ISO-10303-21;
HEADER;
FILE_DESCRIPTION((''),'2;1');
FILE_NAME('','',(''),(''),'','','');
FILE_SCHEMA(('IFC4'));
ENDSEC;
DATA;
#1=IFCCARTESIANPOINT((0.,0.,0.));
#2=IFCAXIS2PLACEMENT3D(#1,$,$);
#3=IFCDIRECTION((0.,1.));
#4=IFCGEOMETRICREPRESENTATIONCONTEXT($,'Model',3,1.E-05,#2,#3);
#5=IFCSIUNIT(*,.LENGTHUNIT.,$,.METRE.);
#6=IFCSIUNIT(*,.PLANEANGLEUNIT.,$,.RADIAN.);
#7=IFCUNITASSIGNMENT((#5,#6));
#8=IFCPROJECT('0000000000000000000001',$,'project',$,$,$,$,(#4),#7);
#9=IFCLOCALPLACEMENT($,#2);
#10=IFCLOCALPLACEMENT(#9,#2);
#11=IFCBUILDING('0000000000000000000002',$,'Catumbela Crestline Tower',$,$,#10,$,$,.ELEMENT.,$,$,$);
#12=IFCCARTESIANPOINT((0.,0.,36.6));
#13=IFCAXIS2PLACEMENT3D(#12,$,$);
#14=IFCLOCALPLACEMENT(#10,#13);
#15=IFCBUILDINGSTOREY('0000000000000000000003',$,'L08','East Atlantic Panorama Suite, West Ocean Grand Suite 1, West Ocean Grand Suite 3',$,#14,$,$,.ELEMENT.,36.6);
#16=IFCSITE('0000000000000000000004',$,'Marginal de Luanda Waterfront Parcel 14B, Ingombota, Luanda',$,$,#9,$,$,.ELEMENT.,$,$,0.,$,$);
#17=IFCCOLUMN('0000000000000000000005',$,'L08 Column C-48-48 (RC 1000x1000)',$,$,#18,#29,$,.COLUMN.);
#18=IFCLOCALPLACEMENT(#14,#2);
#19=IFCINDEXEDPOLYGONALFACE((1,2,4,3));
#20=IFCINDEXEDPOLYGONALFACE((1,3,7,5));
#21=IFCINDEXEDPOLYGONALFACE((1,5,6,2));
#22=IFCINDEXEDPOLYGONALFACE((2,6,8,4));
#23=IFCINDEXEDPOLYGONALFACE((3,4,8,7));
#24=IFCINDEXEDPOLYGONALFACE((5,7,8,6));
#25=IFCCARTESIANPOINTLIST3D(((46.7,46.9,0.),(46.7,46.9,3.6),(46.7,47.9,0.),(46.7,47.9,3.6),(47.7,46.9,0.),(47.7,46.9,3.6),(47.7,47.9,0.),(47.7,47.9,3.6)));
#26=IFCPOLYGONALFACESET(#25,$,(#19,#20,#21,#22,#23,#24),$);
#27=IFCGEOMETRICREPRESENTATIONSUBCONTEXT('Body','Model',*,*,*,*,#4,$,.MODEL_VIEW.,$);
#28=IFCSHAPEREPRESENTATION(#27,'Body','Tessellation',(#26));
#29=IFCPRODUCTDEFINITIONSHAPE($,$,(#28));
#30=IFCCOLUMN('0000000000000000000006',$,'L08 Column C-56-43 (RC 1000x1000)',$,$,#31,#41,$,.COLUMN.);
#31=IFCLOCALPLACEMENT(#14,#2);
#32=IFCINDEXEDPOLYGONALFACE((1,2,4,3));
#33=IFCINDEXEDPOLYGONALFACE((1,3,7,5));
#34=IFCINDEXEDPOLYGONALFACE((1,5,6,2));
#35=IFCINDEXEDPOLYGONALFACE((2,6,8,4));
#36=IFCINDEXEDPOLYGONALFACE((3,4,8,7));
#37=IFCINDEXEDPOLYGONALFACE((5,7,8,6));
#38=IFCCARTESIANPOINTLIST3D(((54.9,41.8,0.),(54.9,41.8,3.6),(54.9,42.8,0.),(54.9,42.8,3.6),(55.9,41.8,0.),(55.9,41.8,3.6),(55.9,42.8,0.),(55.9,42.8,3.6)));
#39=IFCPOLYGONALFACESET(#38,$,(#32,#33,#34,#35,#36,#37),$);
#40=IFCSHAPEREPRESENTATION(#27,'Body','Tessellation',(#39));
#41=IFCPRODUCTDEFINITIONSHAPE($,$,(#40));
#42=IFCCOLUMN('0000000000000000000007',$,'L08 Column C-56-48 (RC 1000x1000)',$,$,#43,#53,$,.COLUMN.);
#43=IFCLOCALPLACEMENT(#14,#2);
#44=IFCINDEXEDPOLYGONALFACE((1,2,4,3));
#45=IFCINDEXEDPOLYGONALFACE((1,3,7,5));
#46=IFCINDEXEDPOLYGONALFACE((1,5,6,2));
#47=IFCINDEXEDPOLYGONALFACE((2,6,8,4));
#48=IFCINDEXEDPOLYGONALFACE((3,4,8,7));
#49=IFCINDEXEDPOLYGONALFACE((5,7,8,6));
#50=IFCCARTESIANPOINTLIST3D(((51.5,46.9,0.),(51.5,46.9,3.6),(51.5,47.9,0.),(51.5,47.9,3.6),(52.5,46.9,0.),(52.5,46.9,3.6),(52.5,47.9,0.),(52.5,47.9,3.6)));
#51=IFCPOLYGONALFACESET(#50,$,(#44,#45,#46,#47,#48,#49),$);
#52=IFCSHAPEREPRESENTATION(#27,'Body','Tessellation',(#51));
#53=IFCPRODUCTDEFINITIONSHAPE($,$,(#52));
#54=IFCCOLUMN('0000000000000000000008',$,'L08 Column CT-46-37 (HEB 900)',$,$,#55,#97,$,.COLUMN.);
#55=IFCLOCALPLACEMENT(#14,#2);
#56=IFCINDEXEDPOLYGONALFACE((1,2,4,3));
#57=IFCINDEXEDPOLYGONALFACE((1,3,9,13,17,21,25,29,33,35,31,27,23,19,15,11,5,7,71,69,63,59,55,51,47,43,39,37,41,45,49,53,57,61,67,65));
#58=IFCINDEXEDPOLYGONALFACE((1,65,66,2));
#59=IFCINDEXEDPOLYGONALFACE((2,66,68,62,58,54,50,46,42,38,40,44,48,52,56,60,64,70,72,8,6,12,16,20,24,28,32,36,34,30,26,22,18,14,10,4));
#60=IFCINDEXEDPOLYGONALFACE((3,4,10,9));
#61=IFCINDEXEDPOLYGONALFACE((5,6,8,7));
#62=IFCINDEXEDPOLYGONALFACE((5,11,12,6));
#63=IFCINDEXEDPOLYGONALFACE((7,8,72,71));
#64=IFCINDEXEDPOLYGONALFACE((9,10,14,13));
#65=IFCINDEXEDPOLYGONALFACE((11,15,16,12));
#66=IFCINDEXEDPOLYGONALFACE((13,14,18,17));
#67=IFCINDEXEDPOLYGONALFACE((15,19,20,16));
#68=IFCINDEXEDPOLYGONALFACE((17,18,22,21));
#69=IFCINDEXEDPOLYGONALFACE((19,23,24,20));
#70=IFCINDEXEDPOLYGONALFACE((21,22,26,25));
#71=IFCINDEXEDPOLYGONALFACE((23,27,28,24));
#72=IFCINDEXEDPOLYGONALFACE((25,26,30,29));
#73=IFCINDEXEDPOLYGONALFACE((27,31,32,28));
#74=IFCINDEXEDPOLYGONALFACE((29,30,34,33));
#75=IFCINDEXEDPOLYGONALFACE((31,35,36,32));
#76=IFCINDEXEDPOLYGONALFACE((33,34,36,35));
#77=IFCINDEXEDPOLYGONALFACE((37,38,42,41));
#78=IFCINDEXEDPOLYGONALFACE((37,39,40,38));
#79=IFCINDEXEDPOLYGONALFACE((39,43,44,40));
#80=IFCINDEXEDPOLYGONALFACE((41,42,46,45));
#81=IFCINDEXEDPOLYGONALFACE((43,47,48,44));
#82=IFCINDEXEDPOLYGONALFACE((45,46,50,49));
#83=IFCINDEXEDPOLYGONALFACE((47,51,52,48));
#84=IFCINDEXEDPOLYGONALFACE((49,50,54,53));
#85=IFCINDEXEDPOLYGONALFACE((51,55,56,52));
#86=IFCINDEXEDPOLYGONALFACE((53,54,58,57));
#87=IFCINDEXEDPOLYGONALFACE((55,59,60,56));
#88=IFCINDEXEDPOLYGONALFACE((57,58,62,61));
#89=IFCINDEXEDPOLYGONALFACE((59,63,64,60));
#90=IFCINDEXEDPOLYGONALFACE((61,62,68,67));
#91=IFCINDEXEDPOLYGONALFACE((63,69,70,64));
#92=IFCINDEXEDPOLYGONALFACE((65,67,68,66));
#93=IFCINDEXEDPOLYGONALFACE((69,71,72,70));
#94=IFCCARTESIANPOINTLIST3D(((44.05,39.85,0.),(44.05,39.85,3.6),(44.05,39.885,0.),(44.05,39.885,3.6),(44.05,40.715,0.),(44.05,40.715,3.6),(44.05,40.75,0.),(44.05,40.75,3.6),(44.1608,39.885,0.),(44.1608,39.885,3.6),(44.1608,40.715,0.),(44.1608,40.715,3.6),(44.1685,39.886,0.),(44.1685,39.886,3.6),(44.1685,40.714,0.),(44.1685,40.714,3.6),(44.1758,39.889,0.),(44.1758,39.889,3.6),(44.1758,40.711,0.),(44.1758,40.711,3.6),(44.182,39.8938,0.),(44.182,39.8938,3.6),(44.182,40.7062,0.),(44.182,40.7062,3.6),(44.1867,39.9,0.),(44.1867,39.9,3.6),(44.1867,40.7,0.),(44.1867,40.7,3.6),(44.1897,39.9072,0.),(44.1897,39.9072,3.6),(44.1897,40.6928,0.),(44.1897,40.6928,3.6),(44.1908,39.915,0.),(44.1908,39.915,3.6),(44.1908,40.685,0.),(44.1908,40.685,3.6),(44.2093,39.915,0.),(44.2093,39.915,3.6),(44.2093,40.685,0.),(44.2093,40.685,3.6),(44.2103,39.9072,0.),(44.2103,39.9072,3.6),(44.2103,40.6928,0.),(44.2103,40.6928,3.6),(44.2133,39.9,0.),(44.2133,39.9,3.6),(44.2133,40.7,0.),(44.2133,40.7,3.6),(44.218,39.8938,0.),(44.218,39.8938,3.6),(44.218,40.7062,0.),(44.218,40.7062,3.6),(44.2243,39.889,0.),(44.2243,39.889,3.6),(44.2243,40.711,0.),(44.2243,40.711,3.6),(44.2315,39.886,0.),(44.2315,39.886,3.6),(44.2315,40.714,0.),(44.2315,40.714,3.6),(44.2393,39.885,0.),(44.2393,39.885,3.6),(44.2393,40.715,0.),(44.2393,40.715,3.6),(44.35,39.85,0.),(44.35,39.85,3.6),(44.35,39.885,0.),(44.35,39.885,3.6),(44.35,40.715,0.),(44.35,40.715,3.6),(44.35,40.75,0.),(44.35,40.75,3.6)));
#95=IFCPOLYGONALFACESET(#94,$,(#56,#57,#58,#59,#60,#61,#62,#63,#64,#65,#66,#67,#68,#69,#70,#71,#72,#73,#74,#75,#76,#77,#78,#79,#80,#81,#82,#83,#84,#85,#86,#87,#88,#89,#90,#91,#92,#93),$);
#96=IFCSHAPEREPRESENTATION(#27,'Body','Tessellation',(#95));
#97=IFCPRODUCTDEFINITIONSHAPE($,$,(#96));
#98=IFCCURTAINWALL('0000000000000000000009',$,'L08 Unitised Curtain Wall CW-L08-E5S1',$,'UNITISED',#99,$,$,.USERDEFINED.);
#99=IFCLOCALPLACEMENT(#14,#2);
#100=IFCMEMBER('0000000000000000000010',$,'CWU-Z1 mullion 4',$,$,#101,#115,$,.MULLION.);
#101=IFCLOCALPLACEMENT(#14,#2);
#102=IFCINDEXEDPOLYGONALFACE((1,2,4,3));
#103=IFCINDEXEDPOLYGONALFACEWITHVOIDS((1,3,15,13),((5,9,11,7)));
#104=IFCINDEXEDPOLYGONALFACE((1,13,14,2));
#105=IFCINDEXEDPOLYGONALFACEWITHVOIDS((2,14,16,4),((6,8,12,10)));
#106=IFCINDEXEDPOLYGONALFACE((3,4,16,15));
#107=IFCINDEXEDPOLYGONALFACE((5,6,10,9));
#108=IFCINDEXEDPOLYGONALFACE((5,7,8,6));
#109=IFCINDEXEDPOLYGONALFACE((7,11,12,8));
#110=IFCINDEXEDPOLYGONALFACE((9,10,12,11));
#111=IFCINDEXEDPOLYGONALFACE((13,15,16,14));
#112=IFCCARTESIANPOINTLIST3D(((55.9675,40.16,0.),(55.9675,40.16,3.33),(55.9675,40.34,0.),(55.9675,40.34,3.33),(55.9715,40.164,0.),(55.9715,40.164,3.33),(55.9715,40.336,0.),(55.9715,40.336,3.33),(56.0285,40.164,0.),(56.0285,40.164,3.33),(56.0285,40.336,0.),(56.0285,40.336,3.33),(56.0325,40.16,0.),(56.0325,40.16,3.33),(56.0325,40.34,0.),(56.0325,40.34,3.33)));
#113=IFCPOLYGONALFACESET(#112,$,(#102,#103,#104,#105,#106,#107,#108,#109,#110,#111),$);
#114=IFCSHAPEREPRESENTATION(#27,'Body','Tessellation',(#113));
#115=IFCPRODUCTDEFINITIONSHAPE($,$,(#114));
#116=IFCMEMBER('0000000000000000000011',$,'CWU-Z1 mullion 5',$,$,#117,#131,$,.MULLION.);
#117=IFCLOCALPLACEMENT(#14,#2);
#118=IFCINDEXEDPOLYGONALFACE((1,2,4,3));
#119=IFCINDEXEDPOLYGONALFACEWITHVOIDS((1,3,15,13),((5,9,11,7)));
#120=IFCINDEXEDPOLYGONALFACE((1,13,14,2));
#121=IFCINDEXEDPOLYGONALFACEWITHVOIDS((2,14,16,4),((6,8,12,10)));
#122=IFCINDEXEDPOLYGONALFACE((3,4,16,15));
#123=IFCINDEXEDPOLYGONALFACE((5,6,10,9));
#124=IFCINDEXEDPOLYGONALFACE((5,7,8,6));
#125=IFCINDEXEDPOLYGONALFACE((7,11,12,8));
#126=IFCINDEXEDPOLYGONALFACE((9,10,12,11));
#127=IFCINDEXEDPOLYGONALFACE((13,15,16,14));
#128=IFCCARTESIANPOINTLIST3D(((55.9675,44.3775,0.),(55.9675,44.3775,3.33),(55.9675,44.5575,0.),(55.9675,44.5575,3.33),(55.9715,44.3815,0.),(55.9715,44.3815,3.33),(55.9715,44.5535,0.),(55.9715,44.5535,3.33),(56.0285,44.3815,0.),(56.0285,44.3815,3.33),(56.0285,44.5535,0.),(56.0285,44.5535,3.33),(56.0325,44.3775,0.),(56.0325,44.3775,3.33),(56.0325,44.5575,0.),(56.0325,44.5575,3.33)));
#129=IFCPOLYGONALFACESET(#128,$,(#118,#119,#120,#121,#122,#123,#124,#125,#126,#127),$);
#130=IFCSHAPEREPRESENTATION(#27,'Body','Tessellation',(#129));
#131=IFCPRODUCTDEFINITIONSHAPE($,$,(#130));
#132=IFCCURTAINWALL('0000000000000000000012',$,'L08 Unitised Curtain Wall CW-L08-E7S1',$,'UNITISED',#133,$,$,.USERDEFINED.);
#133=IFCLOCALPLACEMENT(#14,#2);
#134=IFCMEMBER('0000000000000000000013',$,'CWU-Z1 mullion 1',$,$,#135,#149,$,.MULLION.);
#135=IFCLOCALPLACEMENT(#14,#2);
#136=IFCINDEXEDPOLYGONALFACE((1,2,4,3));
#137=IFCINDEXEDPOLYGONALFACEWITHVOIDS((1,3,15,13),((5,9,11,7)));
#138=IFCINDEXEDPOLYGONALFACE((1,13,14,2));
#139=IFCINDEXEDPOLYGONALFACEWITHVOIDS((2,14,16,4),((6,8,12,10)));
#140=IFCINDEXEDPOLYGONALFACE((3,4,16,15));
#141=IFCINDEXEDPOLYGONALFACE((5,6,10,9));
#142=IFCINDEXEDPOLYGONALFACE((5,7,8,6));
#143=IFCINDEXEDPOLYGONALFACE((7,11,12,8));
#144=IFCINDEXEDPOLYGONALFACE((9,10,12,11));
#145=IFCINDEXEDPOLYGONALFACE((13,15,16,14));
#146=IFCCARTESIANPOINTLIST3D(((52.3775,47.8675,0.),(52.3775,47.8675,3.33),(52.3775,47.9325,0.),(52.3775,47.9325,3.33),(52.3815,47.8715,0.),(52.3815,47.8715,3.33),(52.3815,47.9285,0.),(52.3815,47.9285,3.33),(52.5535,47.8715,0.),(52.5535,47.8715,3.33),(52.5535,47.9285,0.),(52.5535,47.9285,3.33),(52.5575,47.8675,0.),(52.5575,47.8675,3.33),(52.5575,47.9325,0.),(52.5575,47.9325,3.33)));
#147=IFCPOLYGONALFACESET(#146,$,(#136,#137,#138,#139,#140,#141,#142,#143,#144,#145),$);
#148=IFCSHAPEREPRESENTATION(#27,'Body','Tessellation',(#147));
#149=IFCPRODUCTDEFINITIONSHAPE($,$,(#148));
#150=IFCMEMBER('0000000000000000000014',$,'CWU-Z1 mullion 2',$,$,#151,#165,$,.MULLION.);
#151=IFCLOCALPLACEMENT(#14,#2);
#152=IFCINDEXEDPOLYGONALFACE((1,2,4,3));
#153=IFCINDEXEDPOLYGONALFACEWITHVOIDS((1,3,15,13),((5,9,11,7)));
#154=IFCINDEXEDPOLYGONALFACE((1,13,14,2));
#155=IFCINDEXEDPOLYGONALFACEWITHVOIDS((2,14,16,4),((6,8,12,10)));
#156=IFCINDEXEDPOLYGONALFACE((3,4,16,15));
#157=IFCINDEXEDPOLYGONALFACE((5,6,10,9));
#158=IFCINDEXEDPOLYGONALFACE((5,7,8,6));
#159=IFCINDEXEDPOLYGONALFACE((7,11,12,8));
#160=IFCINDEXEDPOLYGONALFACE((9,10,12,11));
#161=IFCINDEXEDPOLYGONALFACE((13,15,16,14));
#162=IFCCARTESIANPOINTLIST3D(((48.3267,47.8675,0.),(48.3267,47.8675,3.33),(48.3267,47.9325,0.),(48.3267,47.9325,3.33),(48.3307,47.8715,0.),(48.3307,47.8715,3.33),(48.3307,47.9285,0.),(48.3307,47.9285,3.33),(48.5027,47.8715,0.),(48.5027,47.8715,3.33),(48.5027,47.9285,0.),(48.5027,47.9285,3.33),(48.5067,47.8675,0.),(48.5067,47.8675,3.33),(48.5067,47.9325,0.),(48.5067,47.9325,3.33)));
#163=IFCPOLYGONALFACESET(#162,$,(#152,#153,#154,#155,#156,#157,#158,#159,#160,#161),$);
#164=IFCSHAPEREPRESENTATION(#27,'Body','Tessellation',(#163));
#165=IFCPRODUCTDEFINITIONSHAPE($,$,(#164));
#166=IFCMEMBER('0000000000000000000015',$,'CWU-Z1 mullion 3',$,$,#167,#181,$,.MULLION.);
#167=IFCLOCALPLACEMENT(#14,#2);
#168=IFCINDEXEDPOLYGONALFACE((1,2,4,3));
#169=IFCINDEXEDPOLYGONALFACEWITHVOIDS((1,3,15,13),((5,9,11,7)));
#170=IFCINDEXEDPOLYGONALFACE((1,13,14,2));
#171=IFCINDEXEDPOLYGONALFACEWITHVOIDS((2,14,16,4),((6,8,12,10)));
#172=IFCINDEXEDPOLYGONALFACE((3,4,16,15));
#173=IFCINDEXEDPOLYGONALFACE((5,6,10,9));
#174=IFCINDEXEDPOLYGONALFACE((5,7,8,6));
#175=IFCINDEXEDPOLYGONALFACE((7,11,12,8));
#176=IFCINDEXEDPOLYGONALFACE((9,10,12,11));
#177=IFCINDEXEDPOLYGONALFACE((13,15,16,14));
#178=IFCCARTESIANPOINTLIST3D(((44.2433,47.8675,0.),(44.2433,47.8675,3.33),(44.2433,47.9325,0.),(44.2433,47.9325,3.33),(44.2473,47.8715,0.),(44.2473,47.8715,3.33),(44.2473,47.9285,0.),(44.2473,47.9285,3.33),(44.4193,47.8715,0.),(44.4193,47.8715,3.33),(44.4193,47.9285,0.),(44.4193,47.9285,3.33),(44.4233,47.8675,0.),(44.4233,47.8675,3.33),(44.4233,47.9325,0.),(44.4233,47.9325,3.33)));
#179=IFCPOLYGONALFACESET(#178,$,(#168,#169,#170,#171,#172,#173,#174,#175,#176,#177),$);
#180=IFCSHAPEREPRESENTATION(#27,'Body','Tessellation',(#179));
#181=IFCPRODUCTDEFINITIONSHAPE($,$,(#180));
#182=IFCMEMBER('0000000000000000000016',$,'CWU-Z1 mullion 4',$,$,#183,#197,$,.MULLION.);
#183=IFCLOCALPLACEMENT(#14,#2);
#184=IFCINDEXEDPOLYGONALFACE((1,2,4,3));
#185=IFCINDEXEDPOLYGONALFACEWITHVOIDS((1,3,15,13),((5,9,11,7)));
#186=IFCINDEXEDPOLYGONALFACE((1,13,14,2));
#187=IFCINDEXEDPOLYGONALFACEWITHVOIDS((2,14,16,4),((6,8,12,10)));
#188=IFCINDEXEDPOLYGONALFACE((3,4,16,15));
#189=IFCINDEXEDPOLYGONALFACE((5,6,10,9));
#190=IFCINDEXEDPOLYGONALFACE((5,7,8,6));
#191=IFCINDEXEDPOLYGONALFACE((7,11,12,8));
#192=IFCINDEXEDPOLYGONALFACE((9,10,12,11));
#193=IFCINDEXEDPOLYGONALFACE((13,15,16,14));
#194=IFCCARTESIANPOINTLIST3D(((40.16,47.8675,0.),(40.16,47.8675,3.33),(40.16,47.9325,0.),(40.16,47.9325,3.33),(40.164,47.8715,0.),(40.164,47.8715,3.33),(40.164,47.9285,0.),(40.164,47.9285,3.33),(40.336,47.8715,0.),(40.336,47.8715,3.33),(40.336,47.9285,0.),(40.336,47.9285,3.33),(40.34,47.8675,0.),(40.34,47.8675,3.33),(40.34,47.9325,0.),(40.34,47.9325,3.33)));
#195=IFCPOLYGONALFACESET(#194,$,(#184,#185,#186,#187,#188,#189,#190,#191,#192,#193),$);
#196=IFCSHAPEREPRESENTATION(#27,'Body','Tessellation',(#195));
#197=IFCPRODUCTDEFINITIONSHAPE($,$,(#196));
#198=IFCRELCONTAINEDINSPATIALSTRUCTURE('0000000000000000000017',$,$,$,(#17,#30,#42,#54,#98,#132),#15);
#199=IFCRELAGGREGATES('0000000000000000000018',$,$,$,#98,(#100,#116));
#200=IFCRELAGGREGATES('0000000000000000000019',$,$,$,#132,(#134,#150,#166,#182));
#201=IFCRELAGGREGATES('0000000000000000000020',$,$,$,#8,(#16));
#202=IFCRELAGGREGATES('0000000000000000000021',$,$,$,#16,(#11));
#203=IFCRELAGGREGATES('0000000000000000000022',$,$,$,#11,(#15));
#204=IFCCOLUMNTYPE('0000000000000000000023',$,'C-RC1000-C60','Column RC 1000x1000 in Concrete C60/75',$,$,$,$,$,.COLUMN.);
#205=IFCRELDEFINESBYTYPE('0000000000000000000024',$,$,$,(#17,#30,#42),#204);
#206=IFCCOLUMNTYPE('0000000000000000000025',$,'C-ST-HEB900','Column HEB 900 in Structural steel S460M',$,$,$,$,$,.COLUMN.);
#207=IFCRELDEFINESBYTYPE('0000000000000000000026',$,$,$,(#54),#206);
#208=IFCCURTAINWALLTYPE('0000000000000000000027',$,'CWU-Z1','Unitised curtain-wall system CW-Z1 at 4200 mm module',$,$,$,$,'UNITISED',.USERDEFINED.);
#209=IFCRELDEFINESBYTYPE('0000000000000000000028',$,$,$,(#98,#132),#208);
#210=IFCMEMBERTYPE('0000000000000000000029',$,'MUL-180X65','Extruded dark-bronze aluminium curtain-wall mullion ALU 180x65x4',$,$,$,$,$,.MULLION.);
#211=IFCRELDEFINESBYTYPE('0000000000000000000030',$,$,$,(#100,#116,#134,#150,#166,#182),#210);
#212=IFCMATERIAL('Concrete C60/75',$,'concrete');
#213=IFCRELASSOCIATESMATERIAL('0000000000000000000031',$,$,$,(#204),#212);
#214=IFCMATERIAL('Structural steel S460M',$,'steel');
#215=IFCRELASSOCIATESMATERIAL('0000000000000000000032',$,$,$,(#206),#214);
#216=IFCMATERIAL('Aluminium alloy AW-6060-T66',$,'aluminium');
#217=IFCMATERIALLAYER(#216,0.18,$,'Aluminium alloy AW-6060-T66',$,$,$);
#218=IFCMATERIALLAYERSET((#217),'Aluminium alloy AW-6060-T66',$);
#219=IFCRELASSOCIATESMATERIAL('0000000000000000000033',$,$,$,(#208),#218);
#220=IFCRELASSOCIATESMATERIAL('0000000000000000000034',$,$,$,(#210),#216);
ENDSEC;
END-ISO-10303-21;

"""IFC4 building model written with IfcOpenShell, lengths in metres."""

from ifc_helpers import new_model, si_unit, direction, frame, origin, origin_2d, place, context, subcontext, project, spatial, rectangle, hollow_rectangle, i_section, extrude, material, layer, layer_set, material_profile, profile_set, type_object, element, aggregate, save


model = new_model("IFC4")

# Units and contexts
model_context = context("Model", 3, precision=1e-05, world=origin(), true_north=direction((0.0, 1.0)))
body_context = subcontext(model_context, "Body", "Model", "MODEL_VIEW")
ifc_project = project(units=[si_unit("LENGTHUNIT", "METRE"), si_unit("PLANEANGLEUNIT", "RADIAN")], contexts=[model_context])

# Site, building, storey
site_placement = place(None, origin())
site = spatial("IfcSite", under=ifc_project, at=site_placement, Name="Marginal de Luanda Waterfront Parcel 14B, Ingombota, Luanda", CompositionType="ELEMENT", RefElevation=0.0)
building_placement = place(site_placement, origin())
building = spatial("IfcBuilding", under=site, at=building_placement, Name="Catumbela Crestline Tower", CompositionType="ELEMENT")
storey_placement = place(building_placement, frame((0.0, 0.0, 36.6)))
storey = spatial("IfcBuildingStorey", under=building, at=storey_placement, Name="L08", Description="East Atlantic Panorama Suite, West Ocean Grand Suite 1, West Ocean Grand Suite 3", CompositionType="ELEMENT", Elevation=36.6)

# Columns
ifc_material_1 = material(Name="Concrete C60/75", Category="concrete")
ifc_material_profile_1 = material_profile(ifc_material_1, rectangle(XDim=1.0, YDim=1.0, at=origin_2d()), Name="RC 1000x1000")
ifc_profile_set_1 = profile_set([ifc_material_profile_1], Name="Concrete C60/75")
column_type_1 = type_object("IfcColumnType", Name="C-RC1000-C60", Description="Column RC 1000x1000 in Concrete C60/75", PredefinedType="COLUMN", material=ifc_profile_set_1)
for number, where, z_axis, x_axis, name in (
    (1, (47.2, 47.4, 0.0), (0.0, 0.0, 1.0), (1.0, 0.0, 0.0), "L08 Column C-48-48 (RC 1000x1000)"),
    (2, (55.4, 42.3, 0.0), (0.0, 0.0, 1.0), (1.0, 0.0, 0.0), "L08 Column C-56-43 (RC 1000x1000)"),
    (3, (52.0, 47.4, 0.0), (0.0, 0.0, 1.0), (1.0, 0.0, 0.0), "L08 Column C-56-48 (RC 1000x1000)"),
):
    element("IfcColumn", number, at=place(storey_placement, frame(where, z_axis=z_axis, x_axis=x_axis)), inside=storey, type_object=column_type_1, Name=name, PredefinedType="COLUMN", context=body_context, shape_type="SweptSolid", body=[
        extrude(rectangle(XDim=1.0, YDim=1.0, at=origin_2d()), origin(), (0.0, 0.0, 1.0), 3.6),
    ])
ifc_material_2 = material(Name="Structural steel S460M", Category="steel")
ifc_material_profile_2 = material_profile(ifc_material_2, i_section(OverallWidth=0.3, OverallDepth=0.9, WebThickness=0.0185, FlangeThickness=0.035, FilletRadius=0.03, at=origin_2d()), Name="HEB 900")
ifc_profile_set_2 = profile_set([ifc_material_profile_2], Name="Structural steel S460M")
column_type_2 = type_object("IfcColumnType", Name="C-ST-HEB900", Description="Column HEB 900 in Structural steel S460M", PredefinedType="COLUMN", material=ifc_profile_set_2)
column_placement = place(storey_placement, frame((44.2, 40.3, 0.0), z_axis=(0.0, 0.0, 1.0), x_axis=(1.0, 0.0, 0.0)))
element("IfcColumn", 4, at=column_placement, inside=storey, type_object=column_type_2, Name="L08 Column CT-46-37 (HEB 900)", PredefinedType="COLUMN", context=body_context, shape_type="SweptSolid", body=[
    extrude(i_section(OverallWidth=0.3, OverallDepth=0.9, WebThickness=0.0185, FlangeThickness=0.035, FilletRadius=0.03, at=origin_2d()), origin(), (0.0, 0.0, 1.0), 3.6),
])

# Curtain walls, members
ifc_material_3 = material(Name="Aluminium alloy AW-6060-T66", Category="aluminium")
ifc_layer_1 = layer(ifc_material_3, 0.18, Name="Aluminium alloy AW-6060-T66")
ifc_layer_set_1 = layer_set([ifc_layer_1], Name="Aluminium alloy AW-6060-T66")
curtain_wall_type = type_object("IfcCurtainWallType", Name="CWU-Z1", Description="Unitised curtain-wall system CW-Z1 at 4200 mm module", ElementType="UNITISED", PredefinedType="USERDEFINED", material=ifc_layer_set_1)
curtain_wall_1_placement = place(storey_placement, origin())
curtain_wall_1 = element("IfcCurtainWall", 5, at=curtain_wall_1_placement, inside=storey, type_object=curtain_wall_type, Name="L08 Unitised Curtain Wall CW-L08-E5S1", ObjectType="UNITISED", PredefinedType="USERDEFINED")
ifc_material_profile_3 = material_profile(ifc_material_3, hollow_rectangle(XDim=0.065, YDim=0.18, WallThickness=0.004, at=origin_2d()), Name="ALU 180x65x4")
ifc_profile_set_3 = profile_set([ifc_material_profile_3], Name="Aluminium alloy AW-6060-T66")
member_type_1 = type_object("IfcMemberType", Name="MUL-180X65", Description="Extruded dark-bronze aluminium curtain-wall mullion ALU 180x65x4", PredefinedType="MULLION", material=ifc_profile_set_3)
member_1_placement = place(storey_placement, frame((56.0, 40.25, 0.0), z_axis=(0.0, 0.0, 1.0), x_axis=(-1.0, 0.0, 0.0)))
member_1 = element("IfcMember", 6, at=member_1_placement, type_object=member_type_1, Name="CWU-Z1 mullion 4", PredefinedType="MULLION", context=body_context, shape_type="SweptSolid", body=[
    extrude(hollow_rectangle(XDim=0.065, YDim=0.18, WallThickness=0.004, at=origin_2d()), origin(), (0.0, 0.0, 1.0), 3.33),
])
member_2_placement = place(storey_placement, frame((56.0, 44.4675, 0.0), z_axis=(0.0, 0.0, 1.0), x_axis=(-1.0, 0.0, 0.0)))
member_2 = element("IfcMember", 7, at=member_2_placement, type_object=member_type_1, Name="CWU-Z1 mullion 5", PredefinedType="MULLION", context=body_context, shape_type="SweptSolid", body=[
    extrude(hollow_rectangle(XDim=0.065, YDim=0.18, WallThickness=0.004, at=origin_2d()), origin(), (0.0, 0.0, 1.0), 3.33),
])
curtain_wall_2_placement = place(storey_placement, origin())
curtain_wall_2 = element("IfcCurtainWall", 8, at=curtain_wall_2_placement, inside=storey, type_object=curtain_wall_type, Name="L08 Unitised Curtain Wall CW-L08-E7S1", ObjectType="UNITISED", PredefinedType="USERDEFINED")
member_3_placement = place(storey_placement, frame((52.4675, 47.9, 0.0), z_axis=(0.0, 0.0, 1.0), x_axis=(0.0, -1.0, 0.0)))
member_3 = element("IfcMember", 9, at=member_3_placement, type_object=member_type_1, Name="CWU-Z1 mullion 1", PredefinedType="MULLION", context=body_context, shape_type="SweptSolid", body=[
    extrude(hollow_rectangle(XDim=0.065, YDim=0.18, WallThickness=0.004, at=origin_2d()), origin(), (0.0, 0.0, 1.0), 3.33),
])
member_4_placement = place(storey_placement, frame((48.4167, 47.9, 0.0), z_axis=(0.0, 0.0, 1.0), x_axis=(0.0, -1.0, 0.0)))
member_4 = element("IfcMember", 10, at=member_4_placement, type_object=member_type_1, Name="CWU-Z1 mullion 2", PredefinedType="MULLION", context=body_context, shape_type="SweptSolid", body=[
    extrude(hollow_rectangle(XDim=0.065, YDim=0.18, WallThickness=0.004, at=origin_2d()), origin(), (0.0, 0.0, 1.0), 3.33),
])
member_5_placement = place(storey_placement, frame((44.3333, 47.9, 0.0), z_axis=(0.0, 0.0, 1.0), x_axis=(0.0, -1.0, 0.0)))
member_5 = element("IfcMember", 11, at=member_5_placement, type_object=member_type_1, Name="CWU-Z1 mullion 3", PredefinedType="MULLION", context=body_context, shape_type="SweptSolid", body=[
    extrude(hollow_rectangle(XDim=0.065, YDim=0.18, WallThickness=0.004, at=origin_2d()), origin(), (0.0, 0.0, 1.0), 3.33),
])
member_6_placement = place(storey_placement, frame((40.25, 47.9, 0.0), z_axis=(0.0, 0.0, 1.0), x_axis=(0.0, -1.0, 0.0)))
member_6 = element("IfcMember", 12, at=member_6_placement, type_object=member_type_1, Name="CWU-Z1 mullion 4", PredefinedType="MULLION", context=body_context, shape_type="SweptSolid", body=[
    extrude(hollow_rectangle(XDim=0.065, YDim=0.18, WallThickness=0.004, at=origin_2d()), origin(), (0.0, 0.0, 1.0), 3.33),
])

aggregate(curtain_wall_1, [member_1, member_2])
aggregate(curtain_wall_2, [member_3, member_4, member_5, member_6])

save(model, "model.ifc")
